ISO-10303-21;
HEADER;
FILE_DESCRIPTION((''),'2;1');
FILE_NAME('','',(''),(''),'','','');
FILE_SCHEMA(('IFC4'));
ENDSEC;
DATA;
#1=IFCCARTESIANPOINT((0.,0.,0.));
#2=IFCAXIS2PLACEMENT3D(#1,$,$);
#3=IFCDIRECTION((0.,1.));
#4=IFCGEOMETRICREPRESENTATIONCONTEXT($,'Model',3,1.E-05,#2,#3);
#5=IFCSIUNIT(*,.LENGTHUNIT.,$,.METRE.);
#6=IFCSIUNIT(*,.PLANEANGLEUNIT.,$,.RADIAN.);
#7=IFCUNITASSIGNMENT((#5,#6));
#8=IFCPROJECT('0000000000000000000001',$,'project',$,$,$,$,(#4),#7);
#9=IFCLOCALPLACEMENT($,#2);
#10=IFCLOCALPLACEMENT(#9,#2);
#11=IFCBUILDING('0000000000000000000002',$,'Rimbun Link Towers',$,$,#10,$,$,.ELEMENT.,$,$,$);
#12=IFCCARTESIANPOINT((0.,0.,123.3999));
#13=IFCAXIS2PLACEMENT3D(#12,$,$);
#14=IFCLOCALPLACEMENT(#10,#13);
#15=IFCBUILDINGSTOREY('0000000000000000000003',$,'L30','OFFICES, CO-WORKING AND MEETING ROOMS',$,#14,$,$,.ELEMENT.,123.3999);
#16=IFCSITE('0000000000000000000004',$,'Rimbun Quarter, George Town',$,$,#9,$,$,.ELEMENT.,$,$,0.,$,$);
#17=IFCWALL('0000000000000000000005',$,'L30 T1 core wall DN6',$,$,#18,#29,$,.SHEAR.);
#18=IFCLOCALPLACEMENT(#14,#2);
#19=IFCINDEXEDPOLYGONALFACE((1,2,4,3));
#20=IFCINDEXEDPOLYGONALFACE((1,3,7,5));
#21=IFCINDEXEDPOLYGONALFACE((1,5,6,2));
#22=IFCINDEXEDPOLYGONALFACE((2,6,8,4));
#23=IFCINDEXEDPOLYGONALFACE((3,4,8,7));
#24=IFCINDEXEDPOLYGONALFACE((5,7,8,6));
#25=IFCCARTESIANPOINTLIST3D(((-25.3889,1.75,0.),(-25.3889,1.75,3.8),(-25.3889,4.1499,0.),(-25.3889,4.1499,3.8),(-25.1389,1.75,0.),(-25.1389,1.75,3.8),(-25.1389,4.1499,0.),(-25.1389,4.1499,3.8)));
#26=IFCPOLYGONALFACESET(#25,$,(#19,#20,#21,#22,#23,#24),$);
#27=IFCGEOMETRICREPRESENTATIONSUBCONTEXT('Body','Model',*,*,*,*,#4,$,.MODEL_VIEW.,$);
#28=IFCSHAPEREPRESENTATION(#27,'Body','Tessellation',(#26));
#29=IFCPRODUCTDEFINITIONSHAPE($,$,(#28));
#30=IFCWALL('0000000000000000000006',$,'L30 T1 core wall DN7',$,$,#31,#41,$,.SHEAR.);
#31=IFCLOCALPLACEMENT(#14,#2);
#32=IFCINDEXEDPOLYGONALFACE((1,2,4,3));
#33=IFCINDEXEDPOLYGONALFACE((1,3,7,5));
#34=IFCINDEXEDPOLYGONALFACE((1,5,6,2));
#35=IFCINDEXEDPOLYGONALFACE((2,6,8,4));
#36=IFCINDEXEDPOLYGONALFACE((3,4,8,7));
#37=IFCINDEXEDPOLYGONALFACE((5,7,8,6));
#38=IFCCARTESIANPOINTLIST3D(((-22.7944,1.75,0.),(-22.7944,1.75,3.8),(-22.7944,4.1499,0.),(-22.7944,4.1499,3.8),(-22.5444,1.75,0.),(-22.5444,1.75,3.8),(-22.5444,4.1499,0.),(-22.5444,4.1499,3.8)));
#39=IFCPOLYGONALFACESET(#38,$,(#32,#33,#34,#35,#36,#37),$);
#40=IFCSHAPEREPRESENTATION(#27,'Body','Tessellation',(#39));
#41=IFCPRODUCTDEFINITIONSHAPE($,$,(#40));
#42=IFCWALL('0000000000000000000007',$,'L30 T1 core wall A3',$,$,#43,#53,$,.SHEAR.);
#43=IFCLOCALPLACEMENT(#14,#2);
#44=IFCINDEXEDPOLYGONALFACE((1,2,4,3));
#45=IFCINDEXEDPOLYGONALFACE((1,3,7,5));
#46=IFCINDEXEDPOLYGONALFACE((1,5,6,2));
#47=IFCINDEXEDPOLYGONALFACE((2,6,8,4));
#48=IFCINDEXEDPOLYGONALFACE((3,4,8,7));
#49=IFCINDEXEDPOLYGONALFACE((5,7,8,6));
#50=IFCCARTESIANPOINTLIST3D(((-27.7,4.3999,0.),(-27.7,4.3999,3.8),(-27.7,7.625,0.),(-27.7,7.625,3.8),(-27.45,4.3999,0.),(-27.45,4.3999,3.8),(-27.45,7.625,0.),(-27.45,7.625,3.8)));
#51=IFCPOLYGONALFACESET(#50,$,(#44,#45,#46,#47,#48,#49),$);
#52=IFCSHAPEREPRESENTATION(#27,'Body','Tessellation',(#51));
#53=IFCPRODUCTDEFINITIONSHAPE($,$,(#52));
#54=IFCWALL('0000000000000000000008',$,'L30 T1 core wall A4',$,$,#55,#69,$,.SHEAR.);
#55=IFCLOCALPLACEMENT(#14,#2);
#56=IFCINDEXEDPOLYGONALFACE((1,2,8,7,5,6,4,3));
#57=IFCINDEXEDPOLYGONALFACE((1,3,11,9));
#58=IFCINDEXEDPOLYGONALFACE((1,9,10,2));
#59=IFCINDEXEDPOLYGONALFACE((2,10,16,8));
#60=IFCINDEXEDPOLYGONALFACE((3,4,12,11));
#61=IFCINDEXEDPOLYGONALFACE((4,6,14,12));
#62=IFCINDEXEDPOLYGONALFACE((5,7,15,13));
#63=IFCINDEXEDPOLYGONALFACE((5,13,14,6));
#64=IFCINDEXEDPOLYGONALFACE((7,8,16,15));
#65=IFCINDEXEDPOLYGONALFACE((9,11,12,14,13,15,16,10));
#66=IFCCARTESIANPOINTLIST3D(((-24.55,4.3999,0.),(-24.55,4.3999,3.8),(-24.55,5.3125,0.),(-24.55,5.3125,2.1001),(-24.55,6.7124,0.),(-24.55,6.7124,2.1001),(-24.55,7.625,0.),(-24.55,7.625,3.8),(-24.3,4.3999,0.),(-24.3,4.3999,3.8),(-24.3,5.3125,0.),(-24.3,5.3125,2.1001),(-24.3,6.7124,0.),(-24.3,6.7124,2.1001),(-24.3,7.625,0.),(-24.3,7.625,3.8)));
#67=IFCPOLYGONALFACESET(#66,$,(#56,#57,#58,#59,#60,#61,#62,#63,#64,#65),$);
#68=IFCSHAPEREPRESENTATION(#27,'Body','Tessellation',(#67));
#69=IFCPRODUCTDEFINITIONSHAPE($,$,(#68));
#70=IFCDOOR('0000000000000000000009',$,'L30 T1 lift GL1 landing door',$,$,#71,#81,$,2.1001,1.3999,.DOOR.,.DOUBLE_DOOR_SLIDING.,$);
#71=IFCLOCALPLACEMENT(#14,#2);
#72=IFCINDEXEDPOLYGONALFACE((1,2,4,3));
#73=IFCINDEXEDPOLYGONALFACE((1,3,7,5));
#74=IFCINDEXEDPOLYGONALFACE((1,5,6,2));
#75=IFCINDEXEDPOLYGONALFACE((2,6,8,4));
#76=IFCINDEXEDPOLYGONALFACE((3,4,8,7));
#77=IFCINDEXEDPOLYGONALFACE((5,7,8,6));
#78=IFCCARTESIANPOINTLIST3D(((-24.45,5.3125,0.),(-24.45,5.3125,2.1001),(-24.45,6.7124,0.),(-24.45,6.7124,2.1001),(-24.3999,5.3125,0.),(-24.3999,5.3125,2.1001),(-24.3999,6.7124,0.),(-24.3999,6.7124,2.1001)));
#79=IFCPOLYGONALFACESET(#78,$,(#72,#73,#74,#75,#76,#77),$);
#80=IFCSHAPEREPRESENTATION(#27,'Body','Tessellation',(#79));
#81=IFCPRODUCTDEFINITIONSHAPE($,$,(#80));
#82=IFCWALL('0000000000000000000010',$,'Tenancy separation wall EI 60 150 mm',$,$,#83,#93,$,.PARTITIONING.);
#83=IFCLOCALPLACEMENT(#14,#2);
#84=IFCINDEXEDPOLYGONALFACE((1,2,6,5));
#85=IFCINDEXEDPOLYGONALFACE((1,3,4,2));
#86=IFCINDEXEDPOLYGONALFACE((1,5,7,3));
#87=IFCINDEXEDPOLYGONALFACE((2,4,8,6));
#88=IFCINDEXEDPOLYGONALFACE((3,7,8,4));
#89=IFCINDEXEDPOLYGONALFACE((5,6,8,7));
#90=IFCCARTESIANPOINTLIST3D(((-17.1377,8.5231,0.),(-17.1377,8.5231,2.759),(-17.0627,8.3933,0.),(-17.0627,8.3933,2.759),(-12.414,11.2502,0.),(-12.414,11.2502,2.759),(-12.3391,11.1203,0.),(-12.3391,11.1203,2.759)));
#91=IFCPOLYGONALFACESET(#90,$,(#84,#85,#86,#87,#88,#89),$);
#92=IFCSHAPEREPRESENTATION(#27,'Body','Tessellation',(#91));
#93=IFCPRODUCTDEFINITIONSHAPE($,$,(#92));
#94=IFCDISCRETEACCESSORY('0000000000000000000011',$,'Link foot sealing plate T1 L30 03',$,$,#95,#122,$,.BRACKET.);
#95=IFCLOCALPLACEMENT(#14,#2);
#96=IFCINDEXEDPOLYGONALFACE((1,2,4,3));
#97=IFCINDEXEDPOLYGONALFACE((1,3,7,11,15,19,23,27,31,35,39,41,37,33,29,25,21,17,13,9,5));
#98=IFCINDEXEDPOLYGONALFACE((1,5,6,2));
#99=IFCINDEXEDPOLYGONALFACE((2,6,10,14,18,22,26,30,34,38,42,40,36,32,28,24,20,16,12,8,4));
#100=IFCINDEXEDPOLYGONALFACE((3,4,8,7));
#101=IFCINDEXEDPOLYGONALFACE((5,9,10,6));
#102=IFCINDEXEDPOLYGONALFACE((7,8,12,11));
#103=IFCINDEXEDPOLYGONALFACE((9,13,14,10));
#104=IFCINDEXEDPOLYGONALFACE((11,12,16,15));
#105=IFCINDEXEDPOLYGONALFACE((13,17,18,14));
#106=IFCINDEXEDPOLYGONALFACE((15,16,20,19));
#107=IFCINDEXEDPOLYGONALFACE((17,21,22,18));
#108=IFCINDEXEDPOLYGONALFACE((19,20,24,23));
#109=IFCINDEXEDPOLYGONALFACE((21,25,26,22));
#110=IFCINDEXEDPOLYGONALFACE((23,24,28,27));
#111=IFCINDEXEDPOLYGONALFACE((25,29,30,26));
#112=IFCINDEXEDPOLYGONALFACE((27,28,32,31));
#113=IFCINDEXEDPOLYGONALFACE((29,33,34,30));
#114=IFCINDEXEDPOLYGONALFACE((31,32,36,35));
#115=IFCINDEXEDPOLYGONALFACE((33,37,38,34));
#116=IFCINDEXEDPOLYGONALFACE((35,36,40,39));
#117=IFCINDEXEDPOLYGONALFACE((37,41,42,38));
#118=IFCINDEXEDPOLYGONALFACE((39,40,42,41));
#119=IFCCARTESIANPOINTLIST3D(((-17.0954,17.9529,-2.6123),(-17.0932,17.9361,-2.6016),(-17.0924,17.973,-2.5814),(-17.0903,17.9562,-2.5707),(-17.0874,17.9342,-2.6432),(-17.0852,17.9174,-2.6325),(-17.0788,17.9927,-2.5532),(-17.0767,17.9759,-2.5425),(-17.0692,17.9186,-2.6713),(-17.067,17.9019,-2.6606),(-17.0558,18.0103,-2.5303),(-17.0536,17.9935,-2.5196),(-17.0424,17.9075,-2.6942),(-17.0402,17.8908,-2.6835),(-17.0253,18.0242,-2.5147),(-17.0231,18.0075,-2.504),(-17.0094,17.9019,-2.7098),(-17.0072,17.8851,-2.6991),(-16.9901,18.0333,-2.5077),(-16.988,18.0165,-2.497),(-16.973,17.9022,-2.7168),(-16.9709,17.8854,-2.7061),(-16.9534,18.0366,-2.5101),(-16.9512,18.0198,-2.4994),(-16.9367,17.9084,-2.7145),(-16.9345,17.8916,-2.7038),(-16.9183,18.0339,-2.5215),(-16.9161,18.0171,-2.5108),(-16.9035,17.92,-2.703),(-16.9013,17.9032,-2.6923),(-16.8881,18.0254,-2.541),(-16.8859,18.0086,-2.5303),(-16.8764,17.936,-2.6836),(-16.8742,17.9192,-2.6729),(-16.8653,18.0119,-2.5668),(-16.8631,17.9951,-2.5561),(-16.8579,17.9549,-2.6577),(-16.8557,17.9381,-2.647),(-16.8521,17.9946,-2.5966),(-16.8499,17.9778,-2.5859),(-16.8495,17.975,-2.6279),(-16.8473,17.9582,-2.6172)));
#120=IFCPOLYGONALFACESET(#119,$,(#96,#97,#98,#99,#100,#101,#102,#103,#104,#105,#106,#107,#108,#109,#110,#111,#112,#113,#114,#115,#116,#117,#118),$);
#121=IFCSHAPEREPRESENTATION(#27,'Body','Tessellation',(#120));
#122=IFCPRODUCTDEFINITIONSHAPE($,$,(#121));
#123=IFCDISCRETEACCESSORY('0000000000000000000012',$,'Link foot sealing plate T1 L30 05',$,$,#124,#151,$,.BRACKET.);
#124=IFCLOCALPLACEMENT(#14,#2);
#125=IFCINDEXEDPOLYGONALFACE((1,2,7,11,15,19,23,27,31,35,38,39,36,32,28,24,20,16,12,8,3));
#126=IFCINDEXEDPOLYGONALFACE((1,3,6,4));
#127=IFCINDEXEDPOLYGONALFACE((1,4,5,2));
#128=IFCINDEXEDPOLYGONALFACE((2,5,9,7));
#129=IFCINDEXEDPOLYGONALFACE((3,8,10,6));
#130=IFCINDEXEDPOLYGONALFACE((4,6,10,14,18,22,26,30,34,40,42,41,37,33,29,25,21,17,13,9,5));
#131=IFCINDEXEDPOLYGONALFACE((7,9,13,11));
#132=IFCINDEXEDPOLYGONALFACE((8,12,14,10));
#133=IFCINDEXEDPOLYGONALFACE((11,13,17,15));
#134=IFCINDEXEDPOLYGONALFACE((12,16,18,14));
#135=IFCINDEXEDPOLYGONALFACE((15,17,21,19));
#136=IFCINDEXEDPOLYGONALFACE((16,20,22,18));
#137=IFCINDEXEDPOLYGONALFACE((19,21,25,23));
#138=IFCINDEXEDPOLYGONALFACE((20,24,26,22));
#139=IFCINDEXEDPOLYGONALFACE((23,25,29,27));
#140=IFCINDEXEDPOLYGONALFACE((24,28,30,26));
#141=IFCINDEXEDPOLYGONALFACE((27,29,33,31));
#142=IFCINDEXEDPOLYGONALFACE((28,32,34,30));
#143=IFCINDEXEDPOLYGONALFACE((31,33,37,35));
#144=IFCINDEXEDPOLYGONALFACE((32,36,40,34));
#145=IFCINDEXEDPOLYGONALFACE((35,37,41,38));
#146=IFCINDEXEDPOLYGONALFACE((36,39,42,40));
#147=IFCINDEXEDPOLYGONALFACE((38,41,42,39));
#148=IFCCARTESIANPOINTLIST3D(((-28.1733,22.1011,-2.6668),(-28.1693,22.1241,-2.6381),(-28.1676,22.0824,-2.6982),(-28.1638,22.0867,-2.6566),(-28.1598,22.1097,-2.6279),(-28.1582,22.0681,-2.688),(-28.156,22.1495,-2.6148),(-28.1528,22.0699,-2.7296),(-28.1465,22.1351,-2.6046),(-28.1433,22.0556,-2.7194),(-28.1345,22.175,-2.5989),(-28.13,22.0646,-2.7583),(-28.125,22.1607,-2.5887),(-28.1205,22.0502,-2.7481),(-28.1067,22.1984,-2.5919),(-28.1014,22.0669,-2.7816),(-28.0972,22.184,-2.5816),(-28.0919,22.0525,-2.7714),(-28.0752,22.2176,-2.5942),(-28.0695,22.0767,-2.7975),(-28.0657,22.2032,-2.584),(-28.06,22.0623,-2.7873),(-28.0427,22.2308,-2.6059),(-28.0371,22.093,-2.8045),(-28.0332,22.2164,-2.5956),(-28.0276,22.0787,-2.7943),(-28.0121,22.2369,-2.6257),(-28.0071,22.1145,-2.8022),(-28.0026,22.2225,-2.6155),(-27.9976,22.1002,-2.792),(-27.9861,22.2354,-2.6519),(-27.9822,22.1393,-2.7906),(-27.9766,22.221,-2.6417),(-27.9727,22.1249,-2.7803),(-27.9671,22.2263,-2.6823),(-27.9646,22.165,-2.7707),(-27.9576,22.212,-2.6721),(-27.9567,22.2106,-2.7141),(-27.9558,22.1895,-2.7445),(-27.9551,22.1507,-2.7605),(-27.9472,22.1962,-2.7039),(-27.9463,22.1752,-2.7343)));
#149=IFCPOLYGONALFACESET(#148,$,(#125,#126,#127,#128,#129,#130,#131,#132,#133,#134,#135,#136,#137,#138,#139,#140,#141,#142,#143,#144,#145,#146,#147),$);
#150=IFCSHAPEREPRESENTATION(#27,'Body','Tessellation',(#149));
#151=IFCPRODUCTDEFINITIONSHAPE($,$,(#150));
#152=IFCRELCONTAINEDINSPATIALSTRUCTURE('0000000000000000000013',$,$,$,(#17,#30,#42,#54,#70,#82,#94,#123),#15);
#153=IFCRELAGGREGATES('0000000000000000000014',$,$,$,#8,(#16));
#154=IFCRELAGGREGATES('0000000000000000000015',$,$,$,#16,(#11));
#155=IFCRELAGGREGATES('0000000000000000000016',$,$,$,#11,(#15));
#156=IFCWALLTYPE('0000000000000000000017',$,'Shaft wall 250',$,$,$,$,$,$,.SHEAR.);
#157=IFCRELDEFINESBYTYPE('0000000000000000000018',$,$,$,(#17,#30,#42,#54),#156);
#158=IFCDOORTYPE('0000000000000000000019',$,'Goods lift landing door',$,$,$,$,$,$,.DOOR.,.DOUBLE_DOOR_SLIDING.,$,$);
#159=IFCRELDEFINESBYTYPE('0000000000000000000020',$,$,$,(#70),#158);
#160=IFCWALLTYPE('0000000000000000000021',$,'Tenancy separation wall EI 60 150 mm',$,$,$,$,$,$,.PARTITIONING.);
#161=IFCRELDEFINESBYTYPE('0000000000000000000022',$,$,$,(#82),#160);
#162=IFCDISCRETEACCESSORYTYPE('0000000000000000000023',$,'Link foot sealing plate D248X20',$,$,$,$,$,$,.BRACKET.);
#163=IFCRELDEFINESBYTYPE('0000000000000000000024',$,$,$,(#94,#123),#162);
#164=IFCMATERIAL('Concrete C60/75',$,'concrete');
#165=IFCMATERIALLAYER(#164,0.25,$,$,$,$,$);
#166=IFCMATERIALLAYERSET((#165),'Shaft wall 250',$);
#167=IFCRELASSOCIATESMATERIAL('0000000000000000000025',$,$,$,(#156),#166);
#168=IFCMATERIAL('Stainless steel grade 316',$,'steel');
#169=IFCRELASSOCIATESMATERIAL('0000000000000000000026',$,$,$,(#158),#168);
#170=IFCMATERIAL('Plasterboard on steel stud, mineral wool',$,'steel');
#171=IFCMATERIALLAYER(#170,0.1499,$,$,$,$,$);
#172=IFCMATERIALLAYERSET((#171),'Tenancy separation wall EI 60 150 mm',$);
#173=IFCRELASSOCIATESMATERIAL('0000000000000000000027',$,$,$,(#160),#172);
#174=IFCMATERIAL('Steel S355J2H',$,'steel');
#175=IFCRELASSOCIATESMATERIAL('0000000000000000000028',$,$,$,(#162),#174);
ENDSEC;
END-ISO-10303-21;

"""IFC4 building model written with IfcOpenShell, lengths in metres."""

from ifc_helpers import new_model, si_unit, direction, frame, frame_2d, origin, origin_2d, place, context, subcontext, project, spatial, rectangle, circle, extrude, material, layer, layer_set, material_profile, profile_set, type_object, element, fill, save


model = new_model("IFC4")

# Units and contexts
model_context = context("Model", 3, precision=1e-05, world=origin(), true_north=direction((0.0, 1.0)))
body_context = subcontext(model_context, "Body", "Model", "MODEL_VIEW")
ifc_project = project(units=[si_unit("LENGTHUNIT", "METRE"), si_unit("PLANEANGLEUNIT", "RADIAN")], contexts=[model_context])

# Site, building, storey
site_placement = place(None, origin())
site = spatial("IfcSite", under=ifc_project, at=site_placement, Name="Rimbun Quarter, George Town", CompositionType="ELEMENT", RefElevation=0.0)
building_placement = place(site_placement, origin())
building = spatial("IfcBuilding", under=site, at=building_placement, Name="Rimbun Link Towers", CompositionType="ELEMENT")
storey_placement = place(building_placement, frame((0.0, 0.0, 123.3999)))
storey = spatial("IfcBuildingStorey", under=building, at=storey_placement, Name="L30", Description="OFFICES, CO-WORKING AND MEETING ROOMS", CompositionType="ELEMENT", Elevation=123.3999)

# Walls
ifc_material_1 = material(Name="Concrete C60/75", Category="concrete")
ifc_layer_1 = layer(ifc_material_1, 0.25)
ifc_layer_set_1 = layer_set([ifc_layer_1], Name="Shaft wall 250")
wall_type_1 = type_object("IfcWallType", Name="Shaft wall 250", PredefinedType="SHEAR", material=ifc_layer_set_1)
for number, where, z_axis, x_axis, name in (
    (1, (-25.2639, 1.75, 0.0), (0.0, 0.0, 1.0), (0.0, 1.0, 0.0), "L30 T1 core wall DN6"),
    (2, (-22.6694, 1.75, 0.0), (0.0, 0.0, 1.0), (0.0, 1.0, 0.0), "L30 T1 core wall DN7"),
):
    element("IfcWall", number, at=place(storey_placement, frame(where, z_axis=z_axis, x_axis=x_axis)), inside=storey, type_object=wall_type_1, Name=name, PredefinedType="SHEAR", context=body_context, shape_type="SweptSolid", body=[
        extrude(rectangle(XDim=2.3999, YDim=0.25, at=frame_2d((1.2, 0.0))), origin(), (0.0, 0.0, 1.0), 3.8),
    ])
wall_1_placement = place(storey_placement, frame((-27.575, 4.3999, 0.0), z_axis=(0.0, 0.0, 1.0), x_axis=(0.0, 1.0, 0.0)))
element("IfcWall", 3, at=wall_1_placement, inside=storey, type_object=wall_type_1, Name="L30 T1 core wall A3", PredefinedType="SHEAR", context=body_context, shape_type="SweptSolid", body=[
    extrude(rectangle(XDim=3.2251, YDim=0.25, at=frame_2d((1.6125, 0.0))), origin(), (0.0, 0.0, 1.0), 3.8),
])

# Wall, opening, door
wall_2_placement = place(storey_placement, frame((-24.425, 4.3999, 0.0), z_axis=(0.0, 0.0, 1.0), x_axis=(0.0, 1.0, 0.0)))
wall_2 = element("IfcWall", 4, at=wall_2_placement, inside=storey, type_object=wall_type_1, Name="L30 T1 core wall A4", PredefinedType="SHEAR", context=body_context, shape_type="SweptSolid", body=[
    extrude(rectangle(XDim=3.2251, YDim=0.25, at=frame_2d((1.6125, 0.0))), origin(), (0.0, 0.0, 1.0), 3.8),
])
opening_1_placement = place(wall_2_placement, frame((0.9126, 0.0, 0.0)))
opening_1 = element("IfcOpeningElement", 5, at=opening_1_placement, cuts=wall_2, PredefinedType="OPENING", context=body_context, shape_type="SweptSolid", body=[
    extrude(rectangle(XDim=1.3999, YDim=2.1001, at=frame_2d((0.7, 1.05))), frame((0.0, 0.135, 0.0), z_axis=(0.0, -1.0, 0.0), x_axis=(1.0, 0.0, 0.0)), (0.0, 0.0, 1.0), 0.27),
])
ifc_material_2 = material(Name="Stainless steel grade 316", Category="steel")
door_type_1 = type_object("IfcDoorType", Name="Goods lift landing door", OperationType="DOUBLE_DOOR_SLIDING", PredefinedType="DOOR", material=ifc_material_2)
door_1_placement = place(opening_1_placement, origin())
door_1 = element("IfcDoor", 6, at=door_1_placement, inside=storey, type_object=door_type_1, Name="L30 T1 lift GL1 landing door", OperationType="DOUBLE_DOOR_SLIDING", OverallHeight=2.1001, OverallWidth=1.3999, PredefinedType="DOOR", context=body_context, shape_type="SweptSolid", body=[
    extrude(rectangle(XDim=1.3999, YDim=2.1001, at=frame_2d((0.7, 1.05))), frame((0.0, 0.0249, 0.0), z_axis=(0.0, -1.0, 0.0), x_axis=(1.0, 0.0, 0.0)), (0.0, 0.0, 1.0), 0.05),
])
fill(opening_1, door_1)

# Wall
ifc_material_3 = material(Name="Plasterboard on steel stud, mineral wool", Category="steel")
ifc_layer_2 = layer(ifc_material_3, 0.1499)
ifc_layer_set_2 = layer_set([ifc_layer_2], Name="Tenancy separation wall EI 60 150 mm")
wall_type_2 = type_object("IfcWallType", Name="Tenancy separation wall EI 60 150 mm", PredefinedType="PARTITIONING", material=ifc_layer_set_2)
wall_3_placement = place(storey_placement, frame((-17.1001, 8.4583, 0.0), z_axis=(0.0, 0.0, 1.0), x_axis=(0.866037, 0.499981, 0.0)))
element("IfcWall", 7, at=wall_3_placement, inside=storey, type_object=wall_type_2, Name="Tenancy separation wall EI 60 150 mm", PredefinedType="PARTITIONING", context=body_context, shape_type="SweptSolid", body=[
    extrude(rectangle(XDim=5.4543, YDim=0.1499, at=frame_2d((2.7271, 0.0))), origin(), (0.0, 0.0, 1.0), 2.759),
])

# Discrete accessories
ifc_material_4 = material(Name="Steel S355J2H", Category="steel")
ifc_material_profile_1 = material_profile(ifc_material_4, circle(Radius=0.124, at=origin_2d()), Name="PL D248")
ifc_profile_set_1 = profile_set([ifc_material_profile_1], Name="Steel S355J2H")
discrete_accessory_type = type_object("IfcDiscreteAccessoryType", Name="Link foot sealing plate D248X20", PredefinedType="BRACKET", material=ifc_profile_set_1)
for number, where, z_axis, x_axis, name in (
    (8, (-16.9702, 17.9521, -2.6016), (-0.109318, 0.838105, -0.534444), (-0.9916, -0.129339, 0.0), "Link foot sealing plate T1 L30 03"),
    (9, (-28.0547, 22.1365, -2.688), (-0.474131, 0.717276, -0.510603), (-0.834219, -0.551433, 0.0), "Link foot sealing plate T1 L30 05"),
):
    element("IfcDiscreteAccessory", number, at=place(storey_placement, frame(where, z_axis=z_axis, x_axis=x_axis)), inside=storey, type_object=discrete_accessory_type, Name=name, PredefinedType="BRACKET", context=body_context, shape_type="SweptSolid", body=[
        extrude(circle(Radius=0.124, at=origin_2d()), origin(), (0.0, 0.0, 1.0), 0.02),
    ])

save(model, "model.ifc")
